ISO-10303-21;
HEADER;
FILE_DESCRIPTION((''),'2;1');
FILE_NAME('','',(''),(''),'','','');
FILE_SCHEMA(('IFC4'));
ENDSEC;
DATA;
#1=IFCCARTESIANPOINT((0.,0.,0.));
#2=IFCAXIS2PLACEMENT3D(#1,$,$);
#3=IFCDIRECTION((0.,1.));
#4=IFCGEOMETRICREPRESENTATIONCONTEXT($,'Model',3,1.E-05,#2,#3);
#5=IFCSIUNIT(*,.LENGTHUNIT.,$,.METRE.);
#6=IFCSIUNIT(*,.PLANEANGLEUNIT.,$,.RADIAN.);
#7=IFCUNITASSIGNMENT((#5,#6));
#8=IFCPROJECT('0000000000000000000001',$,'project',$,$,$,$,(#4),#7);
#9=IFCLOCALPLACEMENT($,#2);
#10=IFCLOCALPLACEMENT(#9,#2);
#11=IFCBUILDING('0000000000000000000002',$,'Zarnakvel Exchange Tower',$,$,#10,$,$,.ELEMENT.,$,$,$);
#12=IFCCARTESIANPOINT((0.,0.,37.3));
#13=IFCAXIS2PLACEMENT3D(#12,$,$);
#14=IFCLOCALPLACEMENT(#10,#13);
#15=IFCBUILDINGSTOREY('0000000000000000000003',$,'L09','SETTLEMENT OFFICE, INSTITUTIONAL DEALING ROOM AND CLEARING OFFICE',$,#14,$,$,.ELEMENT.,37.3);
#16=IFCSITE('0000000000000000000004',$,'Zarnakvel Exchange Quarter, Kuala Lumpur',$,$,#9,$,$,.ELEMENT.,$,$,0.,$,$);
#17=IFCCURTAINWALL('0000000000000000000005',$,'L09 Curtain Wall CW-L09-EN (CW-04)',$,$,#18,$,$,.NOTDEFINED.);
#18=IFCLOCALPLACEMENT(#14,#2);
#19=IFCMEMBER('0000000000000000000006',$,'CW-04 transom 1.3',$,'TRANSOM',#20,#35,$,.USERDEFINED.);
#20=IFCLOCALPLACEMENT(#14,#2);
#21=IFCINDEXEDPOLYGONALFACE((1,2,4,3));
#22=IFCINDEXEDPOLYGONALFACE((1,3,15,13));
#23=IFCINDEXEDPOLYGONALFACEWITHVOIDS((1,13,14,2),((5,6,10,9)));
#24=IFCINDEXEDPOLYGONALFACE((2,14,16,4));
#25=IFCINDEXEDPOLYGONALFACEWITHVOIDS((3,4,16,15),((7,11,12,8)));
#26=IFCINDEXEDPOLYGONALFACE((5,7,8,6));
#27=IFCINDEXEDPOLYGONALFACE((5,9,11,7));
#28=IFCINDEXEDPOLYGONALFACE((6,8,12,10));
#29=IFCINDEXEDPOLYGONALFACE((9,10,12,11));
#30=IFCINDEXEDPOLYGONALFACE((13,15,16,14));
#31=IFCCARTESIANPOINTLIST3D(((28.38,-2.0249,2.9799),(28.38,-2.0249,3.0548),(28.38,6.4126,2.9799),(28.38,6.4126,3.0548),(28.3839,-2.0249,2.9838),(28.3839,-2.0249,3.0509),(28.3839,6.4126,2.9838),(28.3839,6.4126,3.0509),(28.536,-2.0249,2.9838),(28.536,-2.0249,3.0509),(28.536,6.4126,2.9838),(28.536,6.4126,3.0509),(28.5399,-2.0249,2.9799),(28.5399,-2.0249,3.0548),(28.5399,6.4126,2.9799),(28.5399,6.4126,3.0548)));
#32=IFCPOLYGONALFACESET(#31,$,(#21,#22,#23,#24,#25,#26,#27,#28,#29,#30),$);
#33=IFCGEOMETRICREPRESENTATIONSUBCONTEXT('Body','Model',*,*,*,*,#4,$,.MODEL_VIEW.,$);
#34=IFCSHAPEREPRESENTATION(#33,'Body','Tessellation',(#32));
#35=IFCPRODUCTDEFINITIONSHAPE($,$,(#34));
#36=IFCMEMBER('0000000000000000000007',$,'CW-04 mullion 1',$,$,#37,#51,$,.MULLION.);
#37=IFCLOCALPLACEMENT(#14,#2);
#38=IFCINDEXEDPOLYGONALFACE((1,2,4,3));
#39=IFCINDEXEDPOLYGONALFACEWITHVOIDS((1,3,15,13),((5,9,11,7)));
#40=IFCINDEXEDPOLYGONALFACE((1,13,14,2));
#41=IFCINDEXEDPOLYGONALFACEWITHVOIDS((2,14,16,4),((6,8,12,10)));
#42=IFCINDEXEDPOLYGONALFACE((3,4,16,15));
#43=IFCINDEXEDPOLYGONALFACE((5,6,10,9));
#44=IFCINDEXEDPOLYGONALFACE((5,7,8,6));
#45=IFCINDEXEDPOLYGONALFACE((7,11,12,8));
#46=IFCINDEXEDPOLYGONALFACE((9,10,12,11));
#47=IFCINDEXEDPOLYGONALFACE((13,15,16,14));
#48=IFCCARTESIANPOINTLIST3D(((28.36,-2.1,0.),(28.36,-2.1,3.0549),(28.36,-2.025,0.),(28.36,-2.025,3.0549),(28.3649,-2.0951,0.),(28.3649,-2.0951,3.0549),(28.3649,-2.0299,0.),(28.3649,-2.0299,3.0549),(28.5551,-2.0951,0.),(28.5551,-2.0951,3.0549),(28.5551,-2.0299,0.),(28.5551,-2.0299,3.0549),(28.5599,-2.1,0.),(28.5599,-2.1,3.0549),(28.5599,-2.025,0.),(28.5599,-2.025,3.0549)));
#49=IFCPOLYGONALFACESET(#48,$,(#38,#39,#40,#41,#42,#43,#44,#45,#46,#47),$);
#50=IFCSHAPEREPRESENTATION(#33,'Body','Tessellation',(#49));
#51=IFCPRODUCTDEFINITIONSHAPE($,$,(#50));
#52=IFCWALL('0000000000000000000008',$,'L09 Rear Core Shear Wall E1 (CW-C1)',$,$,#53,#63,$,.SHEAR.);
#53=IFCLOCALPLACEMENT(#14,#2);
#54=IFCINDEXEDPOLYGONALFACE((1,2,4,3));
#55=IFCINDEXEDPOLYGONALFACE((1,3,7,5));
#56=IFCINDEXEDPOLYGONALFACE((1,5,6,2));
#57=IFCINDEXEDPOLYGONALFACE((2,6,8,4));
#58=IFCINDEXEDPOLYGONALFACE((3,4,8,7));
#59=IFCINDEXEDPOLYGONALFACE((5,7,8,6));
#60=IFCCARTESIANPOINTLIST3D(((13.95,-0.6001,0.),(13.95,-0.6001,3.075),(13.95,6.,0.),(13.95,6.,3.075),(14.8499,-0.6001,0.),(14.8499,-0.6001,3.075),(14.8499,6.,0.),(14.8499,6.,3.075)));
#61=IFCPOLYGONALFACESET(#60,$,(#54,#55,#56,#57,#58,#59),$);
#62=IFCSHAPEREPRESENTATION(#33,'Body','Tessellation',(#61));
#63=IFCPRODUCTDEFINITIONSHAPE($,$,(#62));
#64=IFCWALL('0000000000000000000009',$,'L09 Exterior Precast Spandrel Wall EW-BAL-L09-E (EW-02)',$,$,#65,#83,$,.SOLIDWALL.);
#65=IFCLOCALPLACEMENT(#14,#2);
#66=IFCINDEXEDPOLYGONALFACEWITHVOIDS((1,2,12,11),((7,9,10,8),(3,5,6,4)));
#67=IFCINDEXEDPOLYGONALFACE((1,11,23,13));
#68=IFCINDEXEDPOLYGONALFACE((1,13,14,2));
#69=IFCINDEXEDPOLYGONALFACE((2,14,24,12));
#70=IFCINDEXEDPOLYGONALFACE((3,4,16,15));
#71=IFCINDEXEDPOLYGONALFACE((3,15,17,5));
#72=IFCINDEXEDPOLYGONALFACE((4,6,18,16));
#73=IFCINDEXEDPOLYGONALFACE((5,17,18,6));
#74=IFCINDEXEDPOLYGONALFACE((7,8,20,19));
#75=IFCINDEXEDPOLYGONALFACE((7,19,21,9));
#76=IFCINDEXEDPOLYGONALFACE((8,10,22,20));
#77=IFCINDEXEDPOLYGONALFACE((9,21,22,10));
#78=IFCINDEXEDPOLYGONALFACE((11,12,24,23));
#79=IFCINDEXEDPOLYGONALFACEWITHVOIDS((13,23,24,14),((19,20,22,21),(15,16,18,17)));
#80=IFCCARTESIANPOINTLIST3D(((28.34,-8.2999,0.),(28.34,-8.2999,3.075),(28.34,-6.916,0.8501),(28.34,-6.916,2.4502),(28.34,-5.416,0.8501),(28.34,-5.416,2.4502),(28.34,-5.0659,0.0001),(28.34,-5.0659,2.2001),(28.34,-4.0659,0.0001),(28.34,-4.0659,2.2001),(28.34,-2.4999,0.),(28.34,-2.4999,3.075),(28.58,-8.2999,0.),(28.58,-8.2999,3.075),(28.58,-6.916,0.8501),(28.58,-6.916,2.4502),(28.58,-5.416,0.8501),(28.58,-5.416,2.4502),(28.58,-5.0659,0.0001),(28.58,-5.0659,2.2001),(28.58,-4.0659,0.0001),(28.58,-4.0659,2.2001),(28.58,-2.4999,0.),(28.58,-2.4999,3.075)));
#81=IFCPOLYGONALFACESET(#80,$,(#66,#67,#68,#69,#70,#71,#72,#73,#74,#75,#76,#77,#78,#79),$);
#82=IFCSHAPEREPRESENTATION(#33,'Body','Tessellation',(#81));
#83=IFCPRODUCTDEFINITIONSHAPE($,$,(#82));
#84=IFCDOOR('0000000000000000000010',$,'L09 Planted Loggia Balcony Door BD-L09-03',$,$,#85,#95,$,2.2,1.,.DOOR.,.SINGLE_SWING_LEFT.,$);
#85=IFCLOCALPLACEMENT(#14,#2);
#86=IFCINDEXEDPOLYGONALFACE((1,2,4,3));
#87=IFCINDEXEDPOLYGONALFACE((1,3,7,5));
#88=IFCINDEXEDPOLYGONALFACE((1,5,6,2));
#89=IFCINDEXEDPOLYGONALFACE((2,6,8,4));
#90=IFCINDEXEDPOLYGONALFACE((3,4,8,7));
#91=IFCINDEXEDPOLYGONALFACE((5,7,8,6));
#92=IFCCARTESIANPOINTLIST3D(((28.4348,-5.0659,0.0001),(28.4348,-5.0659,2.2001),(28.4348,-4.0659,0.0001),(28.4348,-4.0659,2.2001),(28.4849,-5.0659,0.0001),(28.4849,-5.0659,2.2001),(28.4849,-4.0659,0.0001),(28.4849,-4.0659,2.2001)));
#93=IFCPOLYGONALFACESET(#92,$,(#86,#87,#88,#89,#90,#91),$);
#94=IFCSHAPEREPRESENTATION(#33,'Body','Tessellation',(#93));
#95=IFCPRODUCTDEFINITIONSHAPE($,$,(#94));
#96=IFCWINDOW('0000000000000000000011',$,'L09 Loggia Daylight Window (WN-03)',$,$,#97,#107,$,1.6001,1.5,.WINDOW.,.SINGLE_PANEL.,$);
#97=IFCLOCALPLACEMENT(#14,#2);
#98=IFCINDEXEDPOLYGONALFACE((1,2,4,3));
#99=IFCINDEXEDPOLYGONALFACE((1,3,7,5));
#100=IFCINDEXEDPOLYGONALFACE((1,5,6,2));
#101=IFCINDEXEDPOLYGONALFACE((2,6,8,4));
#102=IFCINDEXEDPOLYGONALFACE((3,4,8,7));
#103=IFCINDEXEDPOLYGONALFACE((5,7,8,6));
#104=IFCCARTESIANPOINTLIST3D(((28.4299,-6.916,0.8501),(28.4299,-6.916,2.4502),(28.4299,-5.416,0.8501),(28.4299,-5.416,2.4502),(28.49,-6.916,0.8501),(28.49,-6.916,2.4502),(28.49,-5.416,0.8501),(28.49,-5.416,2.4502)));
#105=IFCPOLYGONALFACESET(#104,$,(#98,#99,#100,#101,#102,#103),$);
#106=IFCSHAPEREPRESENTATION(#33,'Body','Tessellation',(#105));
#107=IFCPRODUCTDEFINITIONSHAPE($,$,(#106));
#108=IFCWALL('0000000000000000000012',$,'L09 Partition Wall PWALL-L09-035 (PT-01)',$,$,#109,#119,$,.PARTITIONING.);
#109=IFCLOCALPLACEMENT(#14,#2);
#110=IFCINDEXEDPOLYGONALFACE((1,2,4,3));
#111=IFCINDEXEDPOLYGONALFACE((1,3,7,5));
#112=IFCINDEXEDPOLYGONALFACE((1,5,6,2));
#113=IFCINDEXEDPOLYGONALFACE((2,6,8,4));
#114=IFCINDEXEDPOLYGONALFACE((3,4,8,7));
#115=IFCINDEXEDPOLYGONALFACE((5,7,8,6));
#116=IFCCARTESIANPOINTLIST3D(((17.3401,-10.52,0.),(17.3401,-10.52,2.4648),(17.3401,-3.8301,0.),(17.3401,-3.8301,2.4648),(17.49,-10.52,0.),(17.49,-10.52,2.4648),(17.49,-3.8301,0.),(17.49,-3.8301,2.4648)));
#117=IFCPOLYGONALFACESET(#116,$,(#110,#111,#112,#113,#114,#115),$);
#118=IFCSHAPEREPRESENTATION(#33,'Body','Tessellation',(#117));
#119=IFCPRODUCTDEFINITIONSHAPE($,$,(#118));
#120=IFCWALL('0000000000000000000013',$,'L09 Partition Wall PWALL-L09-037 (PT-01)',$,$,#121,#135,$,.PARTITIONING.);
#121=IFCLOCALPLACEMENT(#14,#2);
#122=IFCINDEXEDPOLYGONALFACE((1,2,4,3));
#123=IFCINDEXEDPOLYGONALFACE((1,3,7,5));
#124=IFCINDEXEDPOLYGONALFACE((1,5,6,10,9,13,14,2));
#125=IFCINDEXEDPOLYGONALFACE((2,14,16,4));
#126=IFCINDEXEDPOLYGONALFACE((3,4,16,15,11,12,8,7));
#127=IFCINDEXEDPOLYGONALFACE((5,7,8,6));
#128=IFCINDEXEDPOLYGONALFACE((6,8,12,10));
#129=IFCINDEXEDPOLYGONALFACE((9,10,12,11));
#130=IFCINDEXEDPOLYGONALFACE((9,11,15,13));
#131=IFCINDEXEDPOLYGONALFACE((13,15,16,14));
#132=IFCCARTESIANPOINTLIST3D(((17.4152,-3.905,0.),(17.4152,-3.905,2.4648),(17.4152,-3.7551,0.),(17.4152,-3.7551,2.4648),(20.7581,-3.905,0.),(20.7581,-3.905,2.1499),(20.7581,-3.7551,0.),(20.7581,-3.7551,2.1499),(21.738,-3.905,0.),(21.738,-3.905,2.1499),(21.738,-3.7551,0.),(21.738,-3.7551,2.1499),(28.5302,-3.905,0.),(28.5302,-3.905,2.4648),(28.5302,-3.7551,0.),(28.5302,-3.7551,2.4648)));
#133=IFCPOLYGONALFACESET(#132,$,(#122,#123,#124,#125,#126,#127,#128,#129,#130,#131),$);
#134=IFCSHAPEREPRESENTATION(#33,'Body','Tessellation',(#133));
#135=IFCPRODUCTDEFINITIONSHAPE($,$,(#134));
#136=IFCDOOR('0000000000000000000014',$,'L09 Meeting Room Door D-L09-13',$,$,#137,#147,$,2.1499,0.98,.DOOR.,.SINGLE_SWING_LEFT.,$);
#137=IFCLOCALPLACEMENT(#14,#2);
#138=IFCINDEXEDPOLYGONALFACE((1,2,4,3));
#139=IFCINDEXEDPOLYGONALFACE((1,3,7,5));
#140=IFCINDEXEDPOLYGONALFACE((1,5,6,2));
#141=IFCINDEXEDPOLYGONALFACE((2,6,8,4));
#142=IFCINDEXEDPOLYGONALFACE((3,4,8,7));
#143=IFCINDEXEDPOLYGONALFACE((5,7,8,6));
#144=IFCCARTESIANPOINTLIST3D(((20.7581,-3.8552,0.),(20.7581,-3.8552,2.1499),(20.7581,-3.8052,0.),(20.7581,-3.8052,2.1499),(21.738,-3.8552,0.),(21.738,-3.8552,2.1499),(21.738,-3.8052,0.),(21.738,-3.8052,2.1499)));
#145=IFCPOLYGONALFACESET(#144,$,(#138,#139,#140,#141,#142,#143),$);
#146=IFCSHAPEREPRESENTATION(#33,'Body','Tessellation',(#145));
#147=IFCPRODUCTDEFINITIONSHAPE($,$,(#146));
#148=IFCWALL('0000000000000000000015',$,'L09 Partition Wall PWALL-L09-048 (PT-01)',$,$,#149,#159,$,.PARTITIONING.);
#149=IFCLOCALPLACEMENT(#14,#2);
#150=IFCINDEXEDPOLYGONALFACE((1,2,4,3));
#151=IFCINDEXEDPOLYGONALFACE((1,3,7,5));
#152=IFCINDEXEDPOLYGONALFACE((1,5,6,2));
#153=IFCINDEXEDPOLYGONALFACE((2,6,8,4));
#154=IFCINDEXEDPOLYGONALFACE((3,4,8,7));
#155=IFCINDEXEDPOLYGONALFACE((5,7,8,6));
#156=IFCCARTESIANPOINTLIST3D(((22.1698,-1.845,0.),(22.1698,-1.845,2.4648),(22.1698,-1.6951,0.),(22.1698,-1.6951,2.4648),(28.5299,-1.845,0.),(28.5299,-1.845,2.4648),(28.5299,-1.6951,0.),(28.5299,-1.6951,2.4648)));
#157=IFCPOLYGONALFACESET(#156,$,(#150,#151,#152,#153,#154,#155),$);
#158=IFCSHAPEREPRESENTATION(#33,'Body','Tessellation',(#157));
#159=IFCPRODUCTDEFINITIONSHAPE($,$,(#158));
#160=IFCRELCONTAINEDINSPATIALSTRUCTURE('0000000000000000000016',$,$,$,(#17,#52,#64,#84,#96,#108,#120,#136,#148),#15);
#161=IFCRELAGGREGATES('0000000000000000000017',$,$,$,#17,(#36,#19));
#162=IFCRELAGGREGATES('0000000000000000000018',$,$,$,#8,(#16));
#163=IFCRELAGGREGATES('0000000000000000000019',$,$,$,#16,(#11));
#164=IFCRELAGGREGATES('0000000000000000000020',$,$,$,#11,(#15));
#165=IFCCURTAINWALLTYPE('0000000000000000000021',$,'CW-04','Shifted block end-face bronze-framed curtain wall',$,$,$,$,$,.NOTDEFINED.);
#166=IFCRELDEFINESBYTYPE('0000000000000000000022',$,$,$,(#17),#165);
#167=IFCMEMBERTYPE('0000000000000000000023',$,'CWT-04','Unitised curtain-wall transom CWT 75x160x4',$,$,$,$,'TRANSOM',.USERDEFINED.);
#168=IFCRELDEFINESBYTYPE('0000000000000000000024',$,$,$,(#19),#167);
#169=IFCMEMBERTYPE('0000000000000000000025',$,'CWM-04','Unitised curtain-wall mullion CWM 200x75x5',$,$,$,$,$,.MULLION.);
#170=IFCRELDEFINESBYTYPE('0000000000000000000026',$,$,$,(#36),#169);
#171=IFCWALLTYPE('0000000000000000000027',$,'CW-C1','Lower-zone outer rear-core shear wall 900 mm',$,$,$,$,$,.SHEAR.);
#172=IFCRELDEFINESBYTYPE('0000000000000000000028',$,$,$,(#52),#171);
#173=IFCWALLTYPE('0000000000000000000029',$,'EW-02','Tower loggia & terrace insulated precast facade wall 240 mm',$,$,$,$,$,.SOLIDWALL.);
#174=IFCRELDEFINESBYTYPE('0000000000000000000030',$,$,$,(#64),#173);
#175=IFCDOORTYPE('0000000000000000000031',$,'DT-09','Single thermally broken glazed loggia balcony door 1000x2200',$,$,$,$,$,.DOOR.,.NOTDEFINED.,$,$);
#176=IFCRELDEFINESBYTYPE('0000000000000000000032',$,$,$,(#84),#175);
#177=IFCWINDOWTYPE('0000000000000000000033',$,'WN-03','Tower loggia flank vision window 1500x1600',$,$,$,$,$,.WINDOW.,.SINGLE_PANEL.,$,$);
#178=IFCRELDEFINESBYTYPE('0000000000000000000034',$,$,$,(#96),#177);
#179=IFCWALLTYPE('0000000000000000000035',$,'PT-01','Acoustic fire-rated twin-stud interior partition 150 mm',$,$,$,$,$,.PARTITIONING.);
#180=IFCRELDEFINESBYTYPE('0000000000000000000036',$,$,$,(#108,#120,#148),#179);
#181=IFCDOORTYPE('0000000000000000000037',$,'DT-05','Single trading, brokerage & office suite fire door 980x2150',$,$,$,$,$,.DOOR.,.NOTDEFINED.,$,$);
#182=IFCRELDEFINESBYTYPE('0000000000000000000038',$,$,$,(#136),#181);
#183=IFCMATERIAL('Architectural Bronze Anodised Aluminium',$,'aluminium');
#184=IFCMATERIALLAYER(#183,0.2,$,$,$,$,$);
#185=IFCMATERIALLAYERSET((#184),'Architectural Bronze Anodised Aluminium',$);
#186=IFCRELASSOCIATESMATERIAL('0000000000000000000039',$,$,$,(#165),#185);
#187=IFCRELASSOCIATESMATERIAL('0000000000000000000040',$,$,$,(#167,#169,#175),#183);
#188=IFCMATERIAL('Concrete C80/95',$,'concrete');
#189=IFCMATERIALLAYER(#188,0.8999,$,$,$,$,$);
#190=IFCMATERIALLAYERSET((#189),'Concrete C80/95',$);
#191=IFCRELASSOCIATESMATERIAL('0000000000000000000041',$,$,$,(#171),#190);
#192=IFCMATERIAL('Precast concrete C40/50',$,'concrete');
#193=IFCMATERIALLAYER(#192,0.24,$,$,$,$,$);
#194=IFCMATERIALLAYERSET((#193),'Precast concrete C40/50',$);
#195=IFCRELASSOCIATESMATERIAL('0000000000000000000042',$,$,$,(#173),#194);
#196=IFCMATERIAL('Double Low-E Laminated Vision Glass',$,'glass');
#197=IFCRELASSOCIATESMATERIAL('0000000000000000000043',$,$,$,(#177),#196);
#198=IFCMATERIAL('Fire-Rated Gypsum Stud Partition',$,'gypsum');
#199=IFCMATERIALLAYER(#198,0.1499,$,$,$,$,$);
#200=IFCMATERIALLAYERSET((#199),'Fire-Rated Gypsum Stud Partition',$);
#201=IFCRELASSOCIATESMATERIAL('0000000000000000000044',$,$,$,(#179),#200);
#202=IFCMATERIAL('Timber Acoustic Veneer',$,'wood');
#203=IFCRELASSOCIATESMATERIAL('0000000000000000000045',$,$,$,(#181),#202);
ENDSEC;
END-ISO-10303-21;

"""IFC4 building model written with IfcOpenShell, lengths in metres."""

from ifc_helpers import new_model, si_unit, direction, frame, frame_2d, origin, origin_2d, place, context, subcontext, project, spatial, rectangle, hollow_rectangle, extrude, source, transform, mapped, material, layer, layer_set, material_profile, profile_set, type_object, element, fill, aggregate, save


model = new_model("IFC4")

# Units and contexts
model_context = context("Model", 3, precision=1e-05, world=origin(), true_north=direction((0.0, 1.0)))
body_context = subcontext(model_context, "Body", "Model", "MODEL_VIEW")
ifc_project = project(units=[si_unit("LENGTHUNIT", "METRE"), si_unit("PLANEANGLEUNIT", "RADIAN")], contexts=[model_context])

# Site, building, storey
site_placement = place(None, origin())
site = spatial("IfcSite", under=ifc_project, at=site_placement, Name="Zarnakvel Exchange Quarter, Kuala Lumpur", CompositionType="ELEMENT", RefElevation=0.0)
building_placement = place(site_placement, origin())
building = spatial("IfcBuilding", under=site, at=building_placement, Name="Zarnakvel Exchange Tower", CompositionType="ELEMENT")
storey_placement = place(building_placement, frame((0.0, 0.0, 37.3)))
storey = spatial("IfcBuildingStorey", under=building, at=storey_placement, Name="L09", Description="SETTLEMENT OFFICE, INSTITUTIONAL DEALING ROOM AND CLEARING OFFICE", CompositionType="ELEMENT", Elevation=37.3)

# Shared definitions
ifc_material_1 = material(Name="Concrete C80/95", Category="concrete")

# Curtain wall, members
ifc_material_2 = material(Name="Architectural Bronze Anodised Aluminium", Category="aluminium")
ifc_layer_1 = layer(ifc_material_2, 0.2)
ifc_layer_set_1 = layer_set([ifc_layer_1], Name="Architectural Bronze Anodised Aluminium")
curtain_wall_type = type_object("IfcCurtainWallType", Name="CW-04", Description="Shifted block end-face bronze-framed curtain wall", PredefinedType="NOTDEFINED", material=ifc_layer_set_1)
curtain_wall_placement = place(storey_placement, origin())
curtain_wall = element("IfcCurtainWall", 1, at=curtain_wall_placement, inside=storey, type_object=curtain_wall_type, Name="L09 Curtain Wall CW-L09-EN (CW-04)", PredefinedType="NOTDEFINED")
ifc_material_profile_1 = material_profile(ifc_material_2, hollow_rectangle(XDim=0.1599, YDim=0.075, WallThickness=0.0039, at=origin_2d()))
ifc_profile_set_1 = profile_set([ifc_material_profile_1], Name="Architectural Bronze Anodised Aluminium")
member_type_1 = type_object("IfcMemberType", Name="CWT-04", Description="Unitised curtain-wall transom CWT 75x160x4", ElementType="TRANSOM", PredefinedType="USERDEFINED", material=ifc_profile_set_1)
shared_shape_1 = source(origin(), body_context, "Body", "SweptSolid", [
    extrude(hollow_rectangle(XDim=0.1599, YDim=0.075, WallThickness=0.0039, at=origin_2d()), origin(), (0.0, 0.0, 1.0), 8.4375),
])
member_1_placement = place(storey_placement, frame((28.46, -2.0249, 3.0173), z_axis=(0.0, 1.0, 0.0), x_axis=(-1.0, 0.0, 0.0)))
member_1 = element("IfcMember", 2, at=member_1_placement, type_object=member_type_1, Name="CW-04 transom 1.3", ObjectType="TRANSOM", PredefinedType="USERDEFINED", context=body_context, shape_type="MappedRepresentation", body=[
    mapped(shared_shape_1, transform((0.0, 0.0, 0.0), x_axis=(1.0, 0.0, 0.0), y_axis=(0.0, 1.0, 0.0), z_axis=(0.0, 0.0, 1.0), scale=1.0)),
])
ifc_material_profile_2 = material_profile(ifc_material_2, hollow_rectangle(XDim=0.2, YDim=0.075, WallThickness=0.0049, at=origin_2d()))
ifc_profile_set_2 = profile_set([ifc_material_profile_2], Name="Architectural Bronze Anodised Aluminium")
member_type_2 = type_object("IfcMemberType", Name="CWM-04", Description="Unitised curtain-wall mullion CWM 200x75x5", PredefinedType="MULLION", material=ifc_profile_set_2)
shared_shape_2 = source(origin(), body_context, "Body", "SweptSolid", [
    extrude(hollow_rectangle(XDim=0.2, YDim=0.075, WallThickness=0.0049, at=origin_2d()), origin(), (0.0, 0.0, 1.0), 3.0549),
])
member_2_placement = place(storey_placement, frame((28.46, -2.0625, 0.0), z_axis=(0.0, 0.0, 1.0), x_axis=(-1.0, 0.0, 0.0)))
member_2 = element("IfcMember", 3, at=member_2_placement, type_object=member_type_2, Name="CW-04 mullion 1", PredefinedType="MULLION", context=body_context, shape_type="MappedRepresentation", body=[
    mapped(shared_shape_2, transform((0.0, 0.0, 0.0), x_axis=(1.0, 0.0, 0.0), y_axis=(0.0, 1.0, 0.0), z_axis=(0.0, 0.0, 1.0), scale=1.0)),
])
aggregate(curtain_wall, [member_2, member_1])

# Wall
ifc_layer_2 = layer(ifc_material_1, 0.8999)
ifc_layer_set_2 = layer_set([ifc_layer_2], Name="Concrete C80/95")
wall_type_1 = type_object("IfcWallType", Name="CW-C1", Description="Lower-zone outer rear-core shear wall 900 mm", PredefinedType="SHEAR", material=ifc_layer_set_2)
wall_1_placement = place(storey_placement, frame((14.3999, -0.6001, 0.0), z_axis=(0.0, 0.0, 1.0), x_axis=(0.0, 1.0, 0.0)))
element("IfcWall", 4, at=wall_1_placement, inside=storey, type_object=wall_type_1, Name="L09 Rear Core Shear Wall E1 (CW-C1)", PredefinedType="SHEAR", context=body_context, shape_type="SweptSolid", body=[
    extrude(rectangle(XDim=6.6001, YDim=0.8999, at=frame_2d((3.3, 0.0))), origin(), (0.0, 0.0, 1.0), 3.075),
])

# Wall, openings, door, window
ifc_material_3 = material(Name="Precast concrete C40/50", Category="concrete")
ifc_layer_3 = layer(ifc_material_3, 0.24)
ifc_layer_set_3 = layer_set([ifc_layer_3], Name="Precast concrete C40/50")
wall_type_2 = type_object("IfcWallType", Name="EW-02", Description="Tower loggia & terrace insulated precast facade wall 240 mm", PredefinedType="SOLIDWALL", material=ifc_layer_set_3)
wall_2_placement = place(storey_placement, frame((28.46, -2.5, 0.0), z_axis=(0.0, 0.0, 1.0), x_axis=(0.0, -1.0, 0.0)))
wall_2 = element("IfcWall", 5, at=wall_2_placement, inside=storey, type_object=wall_type_2, Name="L09 Exterior Precast Spandrel Wall EW-BAL-L09-E (EW-02)", PredefinedType="SOLIDWALL", context=body_context, shape_type="SweptSolid", body=[
    extrude(rectangle(XDim=5.8, YDim=0.24, at=frame_2d((2.8999, 0.0))), origin(), (0.0, 0.0, 1.0), 3.075),
])
opening_1_placement = place(wall_2_placement, frame((1.5659, 0.0, 0.0)))
opening_1 = element("IfcOpeningElement", 6, at=opening_1_placement, cuts=wall_2, PredefinedType="OPENING", context=body_context, shape_type="SweptSolid", body=[
    extrude(rectangle(XDim=1.0, YDim=2.2, at=frame_2d((0.5, 1.1001))), frame((0.0, 0.1299, 0.0), z_axis=(0.0, -1.0, 0.0), x_axis=(1.0, 0.0, 0.0)), (0.0, 0.0, 1.0), 0.26),
])
opening_2_placement = place(wall_2_placement, frame((2.916, 0.0, 0.8501)))
opening_2 = element("IfcOpeningElement", 7, at=opening_2_placement, cuts=wall_2, PredefinedType="OPENING", context=body_context, shape_type="SweptSolid", body=[
    extrude(rectangle(XDim=1.5, YDim=1.6001, at=frame_2d((0.75, 0.8))), frame((0.0, 0.1299, 0.0), z_axis=(0.0, -1.0, 0.0), x_axis=(1.0, 0.0, 0.0)), (0.0, 0.0, 1.0), 0.26),
])
door_type_1 = type_object("IfcDoorType", Name="DT-09", Description="Single thermally broken glazed loggia balcony door 1000x2200", OperationType="NOTDEFINED", PredefinedType="DOOR", material=ifc_material_2)
shared_shape_3 = source(origin(), body_context, "Body", "SweptSolid", [
    extrude(rectangle(XDim=1.0, YDim=2.2, at=frame_2d((0.5, 1.1001))), frame((0.0, 0.0249, 0.0), z_axis=(0.0, -1.0, 0.0), x_axis=(1.0, 0.0, 0.0)), (0.0, 0.0, 1.0), 0.05),
])
door_1_placement = place(opening_1_placement, origin())
door_1 = element("IfcDoor", 8, at=door_1_placement, inside=storey, type_object=door_type_1, Name="L09 Planted Loggia Balcony Door BD-L09-03", OperationType="SINGLE_SWING_LEFT", OverallHeight=2.2, OverallWidth=1.0, PredefinedType="DOOR", context=body_context, shape_type="MappedRepresentation", body=[
    mapped(shared_shape_3, transform((0.0, 0.0, 0.0), x_axis=(1.0, 0.0, 0.0), y_axis=(0.0, 1.0, 0.0), z_axis=(0.0, 0.0, 1.0), scale=1.0)),
])
fill(opening_1, door_1)
ifc_material_4 = material(Name="Double Low-E Laminated Vision Glass", Category="glass")
window_type = type_object("IfcWindowType", Name="WN-03", Description="Tower loggia flank vision window 1500x1600", PartitioningType="SINGLE_PANEL", PredefinedType="WINDOW", material=ifc_material_4)
shared_shape_4 = source(origin(), body_context, "Body", "SweptSolid", [
    extrude(rectangle(XDim=1.5, YDim=1.6001, at=frame_2d((0.75, 0.8))), frame((0.0, 0.03, 0.0), z_axis=(0.0, -1.0, 0.0), x_axis=(1.0, 0.0, 0.0)), (0.0, 0.0, 1.0), 0.0601),
])
window_placement = place(opening_2_placement, origin())
window = element("IfcWindow", 9, at=window_placement, inside=storey, type_object=window_type, Name="L09 Loggia Daylight Window (WN-03)", OverallHeight=1.6001, OverallWidth=1.5, PartitioningType="SINGLE_PANEL", PredefinedType="WINDOW", context=body_context, shape_type="MappedRepresentation", body=[
    mapped(shared_shape_4, transform((0.0, 0.0, 0.0), x_axis=(1.0, 0.0, 0.0), y_axis=(0.0, 1.0, 0.0), z_axis=(0.0, 0.0, 1.0), scale=1.0)),
])
fill(opening_2, window)

# Wall
ifc_material_5 = material(Name="Fire-Rated Gypsum Stud Partition", Category="gypsum")
ifc_layer_4 = layer(ifc_material_5, 0.1499)
ifc_layer_set_4 = layer_set([ifc_layer_4], Name="Fire-Rated Gypsum Stud Partition")
wall_type_3 = type_object("IfcWallType", Name="PT-01", Description="Acoustic fire-rated twin-stud interior partition 150 mm", PredefinedType="PARTITIONING", material=ifc_layer_set_4)
wall_3_placement = place(storey_placement, frame((17.415, -3.8301, 0.0), z_axis=(0.0, 0.0, 1.0), x_axis=(0.0, -1.0, 0.0)))
element("IfcWall", 10, at=wall_3_placement, inside=storey, type_object=wall_type_3, Name="L09 Partition Wall PWALL-L09-035 (PT-01)", PredefinedType="PARTITIONING", context=body_context, shape_type="SweptSolid", body=[
    extrude(rectangle(XDim=6.6899, YDim=0.1499, at=frame_2d((3.345, 0.0))), origin(), (0.0, 0.0, 1.0), 2.4648),
])

# Wall, opening, door
wall_4_placement = place(storey_placement, frame((17.415, -3.8301, 0.0), z_axis=(0.0, 0.0, 1.0), x_axis=(1.0, 0.0, 0.0)))
wall_4 = element("IfcWall", 11, at=wall_4_placement, inside=storey, type_object=wall_type_3, Name="L09 Partition Wall PWALL-L09-037 (PT-01)", PredefinedType="PARTITIONING", context=body_context, shape_type="SweptSolid", body=[
    extrude(rectangle(XDim=11.115, YDim=0.1499, at=frame_2d((5.5576, 0.0))), origin(), (0.0, 0.0, 1.0), 2.4648),
])
opening_3_placement = place(wall_4_placement, frame((3.343, 0.0, 0.0)))
opening_3 = element("IfcOpeningElement", 12, at=opening_3_placement, cuts=wall_4, PredefinedType="OPENING", context=body_context, shape_type="SweptSolid", body=[
    extrude(rectangle(XDim=0.98, YDim=2.1499, at=frame_2d((0.49, 1.075))), frame((0.0, 0.085, 0.0), z_axis=(0.0, -1.0, 0.0), x_axis=(1.0, 0.0, 0.0)), (0.0, 0.0, 1.0), 0.1699),
])
ifc_material_6 = material(Name="Timber Acoustic Veneer", Category="wood")
door_type_2 = type_object("IfcDoorType", Name="DT-05", Description="Single trading, brokerage & office suite fire door 980x2150", OperationType="NOTDEFINED", PredefinedType="DOOR", material=ifc_material_6)
shared_shape_5 = source(origin(), body_context, "Body", "SweptSolid", [
    extrude(rectangle(XDim=0.98, YDim=2.1499, at=frame_2d((0.49, 1.075))), frame((0.0, 0.0249, 0.0), z_axis=(0.0, -1.0, 0.0), x_axis=(1.0, 0.0, 0.0)), (0.0, 0.0, 1.0), 0.05),
])
door_2_placement = place(opening_3_placement, origin())
door_2 = element("IfcDoor", 13, at=door_2_placement, inside=storey, type_object=door_type_2, Name="L09 Meeting Room Door D-L09-13", OperationType="SINGLE_SWING_LEFT", OverallHeight=2.1499, OverallWidth=0.98, PredefinedType="DOOR", context=body_context, shape_type="MappedRepresentation", body=[
    mapped(shared_shape_5, transform((0.0, 0.0, 0.0), x_axis=(1.0, 0.0, 0.0), y_axis=(0.0, 1.0, 0.0), z_axis=(0.0, 0.0, 1.0), scale=1.0)),
])
fill(opening_3, door_2)

# Wall
wall_5_placement = place(storey_placement, frame((28.53, -1.77, 0.0), z_axis=(0.0, 0.0, 1.0), x_axis=(-1.0, 0.0, 0.0)))
element("IfcWall", 14, at=wall_5_placement, inside=storey, type_object=wall_type_3, Name="L09 Partition Wall PWALL-L09-048 (PT-01)", PredefinedType="PARTITIONING", context=body_context, shape_type="SweptSolid", body=[
    extrude(rectangle(XDim=6.3601, YDim=0.1499, at=frame_2d((3.1802, 0.0))), origin(), (0.0, 0.0, 1.0), 2.4648),
])

save(model, "model.ifc")
